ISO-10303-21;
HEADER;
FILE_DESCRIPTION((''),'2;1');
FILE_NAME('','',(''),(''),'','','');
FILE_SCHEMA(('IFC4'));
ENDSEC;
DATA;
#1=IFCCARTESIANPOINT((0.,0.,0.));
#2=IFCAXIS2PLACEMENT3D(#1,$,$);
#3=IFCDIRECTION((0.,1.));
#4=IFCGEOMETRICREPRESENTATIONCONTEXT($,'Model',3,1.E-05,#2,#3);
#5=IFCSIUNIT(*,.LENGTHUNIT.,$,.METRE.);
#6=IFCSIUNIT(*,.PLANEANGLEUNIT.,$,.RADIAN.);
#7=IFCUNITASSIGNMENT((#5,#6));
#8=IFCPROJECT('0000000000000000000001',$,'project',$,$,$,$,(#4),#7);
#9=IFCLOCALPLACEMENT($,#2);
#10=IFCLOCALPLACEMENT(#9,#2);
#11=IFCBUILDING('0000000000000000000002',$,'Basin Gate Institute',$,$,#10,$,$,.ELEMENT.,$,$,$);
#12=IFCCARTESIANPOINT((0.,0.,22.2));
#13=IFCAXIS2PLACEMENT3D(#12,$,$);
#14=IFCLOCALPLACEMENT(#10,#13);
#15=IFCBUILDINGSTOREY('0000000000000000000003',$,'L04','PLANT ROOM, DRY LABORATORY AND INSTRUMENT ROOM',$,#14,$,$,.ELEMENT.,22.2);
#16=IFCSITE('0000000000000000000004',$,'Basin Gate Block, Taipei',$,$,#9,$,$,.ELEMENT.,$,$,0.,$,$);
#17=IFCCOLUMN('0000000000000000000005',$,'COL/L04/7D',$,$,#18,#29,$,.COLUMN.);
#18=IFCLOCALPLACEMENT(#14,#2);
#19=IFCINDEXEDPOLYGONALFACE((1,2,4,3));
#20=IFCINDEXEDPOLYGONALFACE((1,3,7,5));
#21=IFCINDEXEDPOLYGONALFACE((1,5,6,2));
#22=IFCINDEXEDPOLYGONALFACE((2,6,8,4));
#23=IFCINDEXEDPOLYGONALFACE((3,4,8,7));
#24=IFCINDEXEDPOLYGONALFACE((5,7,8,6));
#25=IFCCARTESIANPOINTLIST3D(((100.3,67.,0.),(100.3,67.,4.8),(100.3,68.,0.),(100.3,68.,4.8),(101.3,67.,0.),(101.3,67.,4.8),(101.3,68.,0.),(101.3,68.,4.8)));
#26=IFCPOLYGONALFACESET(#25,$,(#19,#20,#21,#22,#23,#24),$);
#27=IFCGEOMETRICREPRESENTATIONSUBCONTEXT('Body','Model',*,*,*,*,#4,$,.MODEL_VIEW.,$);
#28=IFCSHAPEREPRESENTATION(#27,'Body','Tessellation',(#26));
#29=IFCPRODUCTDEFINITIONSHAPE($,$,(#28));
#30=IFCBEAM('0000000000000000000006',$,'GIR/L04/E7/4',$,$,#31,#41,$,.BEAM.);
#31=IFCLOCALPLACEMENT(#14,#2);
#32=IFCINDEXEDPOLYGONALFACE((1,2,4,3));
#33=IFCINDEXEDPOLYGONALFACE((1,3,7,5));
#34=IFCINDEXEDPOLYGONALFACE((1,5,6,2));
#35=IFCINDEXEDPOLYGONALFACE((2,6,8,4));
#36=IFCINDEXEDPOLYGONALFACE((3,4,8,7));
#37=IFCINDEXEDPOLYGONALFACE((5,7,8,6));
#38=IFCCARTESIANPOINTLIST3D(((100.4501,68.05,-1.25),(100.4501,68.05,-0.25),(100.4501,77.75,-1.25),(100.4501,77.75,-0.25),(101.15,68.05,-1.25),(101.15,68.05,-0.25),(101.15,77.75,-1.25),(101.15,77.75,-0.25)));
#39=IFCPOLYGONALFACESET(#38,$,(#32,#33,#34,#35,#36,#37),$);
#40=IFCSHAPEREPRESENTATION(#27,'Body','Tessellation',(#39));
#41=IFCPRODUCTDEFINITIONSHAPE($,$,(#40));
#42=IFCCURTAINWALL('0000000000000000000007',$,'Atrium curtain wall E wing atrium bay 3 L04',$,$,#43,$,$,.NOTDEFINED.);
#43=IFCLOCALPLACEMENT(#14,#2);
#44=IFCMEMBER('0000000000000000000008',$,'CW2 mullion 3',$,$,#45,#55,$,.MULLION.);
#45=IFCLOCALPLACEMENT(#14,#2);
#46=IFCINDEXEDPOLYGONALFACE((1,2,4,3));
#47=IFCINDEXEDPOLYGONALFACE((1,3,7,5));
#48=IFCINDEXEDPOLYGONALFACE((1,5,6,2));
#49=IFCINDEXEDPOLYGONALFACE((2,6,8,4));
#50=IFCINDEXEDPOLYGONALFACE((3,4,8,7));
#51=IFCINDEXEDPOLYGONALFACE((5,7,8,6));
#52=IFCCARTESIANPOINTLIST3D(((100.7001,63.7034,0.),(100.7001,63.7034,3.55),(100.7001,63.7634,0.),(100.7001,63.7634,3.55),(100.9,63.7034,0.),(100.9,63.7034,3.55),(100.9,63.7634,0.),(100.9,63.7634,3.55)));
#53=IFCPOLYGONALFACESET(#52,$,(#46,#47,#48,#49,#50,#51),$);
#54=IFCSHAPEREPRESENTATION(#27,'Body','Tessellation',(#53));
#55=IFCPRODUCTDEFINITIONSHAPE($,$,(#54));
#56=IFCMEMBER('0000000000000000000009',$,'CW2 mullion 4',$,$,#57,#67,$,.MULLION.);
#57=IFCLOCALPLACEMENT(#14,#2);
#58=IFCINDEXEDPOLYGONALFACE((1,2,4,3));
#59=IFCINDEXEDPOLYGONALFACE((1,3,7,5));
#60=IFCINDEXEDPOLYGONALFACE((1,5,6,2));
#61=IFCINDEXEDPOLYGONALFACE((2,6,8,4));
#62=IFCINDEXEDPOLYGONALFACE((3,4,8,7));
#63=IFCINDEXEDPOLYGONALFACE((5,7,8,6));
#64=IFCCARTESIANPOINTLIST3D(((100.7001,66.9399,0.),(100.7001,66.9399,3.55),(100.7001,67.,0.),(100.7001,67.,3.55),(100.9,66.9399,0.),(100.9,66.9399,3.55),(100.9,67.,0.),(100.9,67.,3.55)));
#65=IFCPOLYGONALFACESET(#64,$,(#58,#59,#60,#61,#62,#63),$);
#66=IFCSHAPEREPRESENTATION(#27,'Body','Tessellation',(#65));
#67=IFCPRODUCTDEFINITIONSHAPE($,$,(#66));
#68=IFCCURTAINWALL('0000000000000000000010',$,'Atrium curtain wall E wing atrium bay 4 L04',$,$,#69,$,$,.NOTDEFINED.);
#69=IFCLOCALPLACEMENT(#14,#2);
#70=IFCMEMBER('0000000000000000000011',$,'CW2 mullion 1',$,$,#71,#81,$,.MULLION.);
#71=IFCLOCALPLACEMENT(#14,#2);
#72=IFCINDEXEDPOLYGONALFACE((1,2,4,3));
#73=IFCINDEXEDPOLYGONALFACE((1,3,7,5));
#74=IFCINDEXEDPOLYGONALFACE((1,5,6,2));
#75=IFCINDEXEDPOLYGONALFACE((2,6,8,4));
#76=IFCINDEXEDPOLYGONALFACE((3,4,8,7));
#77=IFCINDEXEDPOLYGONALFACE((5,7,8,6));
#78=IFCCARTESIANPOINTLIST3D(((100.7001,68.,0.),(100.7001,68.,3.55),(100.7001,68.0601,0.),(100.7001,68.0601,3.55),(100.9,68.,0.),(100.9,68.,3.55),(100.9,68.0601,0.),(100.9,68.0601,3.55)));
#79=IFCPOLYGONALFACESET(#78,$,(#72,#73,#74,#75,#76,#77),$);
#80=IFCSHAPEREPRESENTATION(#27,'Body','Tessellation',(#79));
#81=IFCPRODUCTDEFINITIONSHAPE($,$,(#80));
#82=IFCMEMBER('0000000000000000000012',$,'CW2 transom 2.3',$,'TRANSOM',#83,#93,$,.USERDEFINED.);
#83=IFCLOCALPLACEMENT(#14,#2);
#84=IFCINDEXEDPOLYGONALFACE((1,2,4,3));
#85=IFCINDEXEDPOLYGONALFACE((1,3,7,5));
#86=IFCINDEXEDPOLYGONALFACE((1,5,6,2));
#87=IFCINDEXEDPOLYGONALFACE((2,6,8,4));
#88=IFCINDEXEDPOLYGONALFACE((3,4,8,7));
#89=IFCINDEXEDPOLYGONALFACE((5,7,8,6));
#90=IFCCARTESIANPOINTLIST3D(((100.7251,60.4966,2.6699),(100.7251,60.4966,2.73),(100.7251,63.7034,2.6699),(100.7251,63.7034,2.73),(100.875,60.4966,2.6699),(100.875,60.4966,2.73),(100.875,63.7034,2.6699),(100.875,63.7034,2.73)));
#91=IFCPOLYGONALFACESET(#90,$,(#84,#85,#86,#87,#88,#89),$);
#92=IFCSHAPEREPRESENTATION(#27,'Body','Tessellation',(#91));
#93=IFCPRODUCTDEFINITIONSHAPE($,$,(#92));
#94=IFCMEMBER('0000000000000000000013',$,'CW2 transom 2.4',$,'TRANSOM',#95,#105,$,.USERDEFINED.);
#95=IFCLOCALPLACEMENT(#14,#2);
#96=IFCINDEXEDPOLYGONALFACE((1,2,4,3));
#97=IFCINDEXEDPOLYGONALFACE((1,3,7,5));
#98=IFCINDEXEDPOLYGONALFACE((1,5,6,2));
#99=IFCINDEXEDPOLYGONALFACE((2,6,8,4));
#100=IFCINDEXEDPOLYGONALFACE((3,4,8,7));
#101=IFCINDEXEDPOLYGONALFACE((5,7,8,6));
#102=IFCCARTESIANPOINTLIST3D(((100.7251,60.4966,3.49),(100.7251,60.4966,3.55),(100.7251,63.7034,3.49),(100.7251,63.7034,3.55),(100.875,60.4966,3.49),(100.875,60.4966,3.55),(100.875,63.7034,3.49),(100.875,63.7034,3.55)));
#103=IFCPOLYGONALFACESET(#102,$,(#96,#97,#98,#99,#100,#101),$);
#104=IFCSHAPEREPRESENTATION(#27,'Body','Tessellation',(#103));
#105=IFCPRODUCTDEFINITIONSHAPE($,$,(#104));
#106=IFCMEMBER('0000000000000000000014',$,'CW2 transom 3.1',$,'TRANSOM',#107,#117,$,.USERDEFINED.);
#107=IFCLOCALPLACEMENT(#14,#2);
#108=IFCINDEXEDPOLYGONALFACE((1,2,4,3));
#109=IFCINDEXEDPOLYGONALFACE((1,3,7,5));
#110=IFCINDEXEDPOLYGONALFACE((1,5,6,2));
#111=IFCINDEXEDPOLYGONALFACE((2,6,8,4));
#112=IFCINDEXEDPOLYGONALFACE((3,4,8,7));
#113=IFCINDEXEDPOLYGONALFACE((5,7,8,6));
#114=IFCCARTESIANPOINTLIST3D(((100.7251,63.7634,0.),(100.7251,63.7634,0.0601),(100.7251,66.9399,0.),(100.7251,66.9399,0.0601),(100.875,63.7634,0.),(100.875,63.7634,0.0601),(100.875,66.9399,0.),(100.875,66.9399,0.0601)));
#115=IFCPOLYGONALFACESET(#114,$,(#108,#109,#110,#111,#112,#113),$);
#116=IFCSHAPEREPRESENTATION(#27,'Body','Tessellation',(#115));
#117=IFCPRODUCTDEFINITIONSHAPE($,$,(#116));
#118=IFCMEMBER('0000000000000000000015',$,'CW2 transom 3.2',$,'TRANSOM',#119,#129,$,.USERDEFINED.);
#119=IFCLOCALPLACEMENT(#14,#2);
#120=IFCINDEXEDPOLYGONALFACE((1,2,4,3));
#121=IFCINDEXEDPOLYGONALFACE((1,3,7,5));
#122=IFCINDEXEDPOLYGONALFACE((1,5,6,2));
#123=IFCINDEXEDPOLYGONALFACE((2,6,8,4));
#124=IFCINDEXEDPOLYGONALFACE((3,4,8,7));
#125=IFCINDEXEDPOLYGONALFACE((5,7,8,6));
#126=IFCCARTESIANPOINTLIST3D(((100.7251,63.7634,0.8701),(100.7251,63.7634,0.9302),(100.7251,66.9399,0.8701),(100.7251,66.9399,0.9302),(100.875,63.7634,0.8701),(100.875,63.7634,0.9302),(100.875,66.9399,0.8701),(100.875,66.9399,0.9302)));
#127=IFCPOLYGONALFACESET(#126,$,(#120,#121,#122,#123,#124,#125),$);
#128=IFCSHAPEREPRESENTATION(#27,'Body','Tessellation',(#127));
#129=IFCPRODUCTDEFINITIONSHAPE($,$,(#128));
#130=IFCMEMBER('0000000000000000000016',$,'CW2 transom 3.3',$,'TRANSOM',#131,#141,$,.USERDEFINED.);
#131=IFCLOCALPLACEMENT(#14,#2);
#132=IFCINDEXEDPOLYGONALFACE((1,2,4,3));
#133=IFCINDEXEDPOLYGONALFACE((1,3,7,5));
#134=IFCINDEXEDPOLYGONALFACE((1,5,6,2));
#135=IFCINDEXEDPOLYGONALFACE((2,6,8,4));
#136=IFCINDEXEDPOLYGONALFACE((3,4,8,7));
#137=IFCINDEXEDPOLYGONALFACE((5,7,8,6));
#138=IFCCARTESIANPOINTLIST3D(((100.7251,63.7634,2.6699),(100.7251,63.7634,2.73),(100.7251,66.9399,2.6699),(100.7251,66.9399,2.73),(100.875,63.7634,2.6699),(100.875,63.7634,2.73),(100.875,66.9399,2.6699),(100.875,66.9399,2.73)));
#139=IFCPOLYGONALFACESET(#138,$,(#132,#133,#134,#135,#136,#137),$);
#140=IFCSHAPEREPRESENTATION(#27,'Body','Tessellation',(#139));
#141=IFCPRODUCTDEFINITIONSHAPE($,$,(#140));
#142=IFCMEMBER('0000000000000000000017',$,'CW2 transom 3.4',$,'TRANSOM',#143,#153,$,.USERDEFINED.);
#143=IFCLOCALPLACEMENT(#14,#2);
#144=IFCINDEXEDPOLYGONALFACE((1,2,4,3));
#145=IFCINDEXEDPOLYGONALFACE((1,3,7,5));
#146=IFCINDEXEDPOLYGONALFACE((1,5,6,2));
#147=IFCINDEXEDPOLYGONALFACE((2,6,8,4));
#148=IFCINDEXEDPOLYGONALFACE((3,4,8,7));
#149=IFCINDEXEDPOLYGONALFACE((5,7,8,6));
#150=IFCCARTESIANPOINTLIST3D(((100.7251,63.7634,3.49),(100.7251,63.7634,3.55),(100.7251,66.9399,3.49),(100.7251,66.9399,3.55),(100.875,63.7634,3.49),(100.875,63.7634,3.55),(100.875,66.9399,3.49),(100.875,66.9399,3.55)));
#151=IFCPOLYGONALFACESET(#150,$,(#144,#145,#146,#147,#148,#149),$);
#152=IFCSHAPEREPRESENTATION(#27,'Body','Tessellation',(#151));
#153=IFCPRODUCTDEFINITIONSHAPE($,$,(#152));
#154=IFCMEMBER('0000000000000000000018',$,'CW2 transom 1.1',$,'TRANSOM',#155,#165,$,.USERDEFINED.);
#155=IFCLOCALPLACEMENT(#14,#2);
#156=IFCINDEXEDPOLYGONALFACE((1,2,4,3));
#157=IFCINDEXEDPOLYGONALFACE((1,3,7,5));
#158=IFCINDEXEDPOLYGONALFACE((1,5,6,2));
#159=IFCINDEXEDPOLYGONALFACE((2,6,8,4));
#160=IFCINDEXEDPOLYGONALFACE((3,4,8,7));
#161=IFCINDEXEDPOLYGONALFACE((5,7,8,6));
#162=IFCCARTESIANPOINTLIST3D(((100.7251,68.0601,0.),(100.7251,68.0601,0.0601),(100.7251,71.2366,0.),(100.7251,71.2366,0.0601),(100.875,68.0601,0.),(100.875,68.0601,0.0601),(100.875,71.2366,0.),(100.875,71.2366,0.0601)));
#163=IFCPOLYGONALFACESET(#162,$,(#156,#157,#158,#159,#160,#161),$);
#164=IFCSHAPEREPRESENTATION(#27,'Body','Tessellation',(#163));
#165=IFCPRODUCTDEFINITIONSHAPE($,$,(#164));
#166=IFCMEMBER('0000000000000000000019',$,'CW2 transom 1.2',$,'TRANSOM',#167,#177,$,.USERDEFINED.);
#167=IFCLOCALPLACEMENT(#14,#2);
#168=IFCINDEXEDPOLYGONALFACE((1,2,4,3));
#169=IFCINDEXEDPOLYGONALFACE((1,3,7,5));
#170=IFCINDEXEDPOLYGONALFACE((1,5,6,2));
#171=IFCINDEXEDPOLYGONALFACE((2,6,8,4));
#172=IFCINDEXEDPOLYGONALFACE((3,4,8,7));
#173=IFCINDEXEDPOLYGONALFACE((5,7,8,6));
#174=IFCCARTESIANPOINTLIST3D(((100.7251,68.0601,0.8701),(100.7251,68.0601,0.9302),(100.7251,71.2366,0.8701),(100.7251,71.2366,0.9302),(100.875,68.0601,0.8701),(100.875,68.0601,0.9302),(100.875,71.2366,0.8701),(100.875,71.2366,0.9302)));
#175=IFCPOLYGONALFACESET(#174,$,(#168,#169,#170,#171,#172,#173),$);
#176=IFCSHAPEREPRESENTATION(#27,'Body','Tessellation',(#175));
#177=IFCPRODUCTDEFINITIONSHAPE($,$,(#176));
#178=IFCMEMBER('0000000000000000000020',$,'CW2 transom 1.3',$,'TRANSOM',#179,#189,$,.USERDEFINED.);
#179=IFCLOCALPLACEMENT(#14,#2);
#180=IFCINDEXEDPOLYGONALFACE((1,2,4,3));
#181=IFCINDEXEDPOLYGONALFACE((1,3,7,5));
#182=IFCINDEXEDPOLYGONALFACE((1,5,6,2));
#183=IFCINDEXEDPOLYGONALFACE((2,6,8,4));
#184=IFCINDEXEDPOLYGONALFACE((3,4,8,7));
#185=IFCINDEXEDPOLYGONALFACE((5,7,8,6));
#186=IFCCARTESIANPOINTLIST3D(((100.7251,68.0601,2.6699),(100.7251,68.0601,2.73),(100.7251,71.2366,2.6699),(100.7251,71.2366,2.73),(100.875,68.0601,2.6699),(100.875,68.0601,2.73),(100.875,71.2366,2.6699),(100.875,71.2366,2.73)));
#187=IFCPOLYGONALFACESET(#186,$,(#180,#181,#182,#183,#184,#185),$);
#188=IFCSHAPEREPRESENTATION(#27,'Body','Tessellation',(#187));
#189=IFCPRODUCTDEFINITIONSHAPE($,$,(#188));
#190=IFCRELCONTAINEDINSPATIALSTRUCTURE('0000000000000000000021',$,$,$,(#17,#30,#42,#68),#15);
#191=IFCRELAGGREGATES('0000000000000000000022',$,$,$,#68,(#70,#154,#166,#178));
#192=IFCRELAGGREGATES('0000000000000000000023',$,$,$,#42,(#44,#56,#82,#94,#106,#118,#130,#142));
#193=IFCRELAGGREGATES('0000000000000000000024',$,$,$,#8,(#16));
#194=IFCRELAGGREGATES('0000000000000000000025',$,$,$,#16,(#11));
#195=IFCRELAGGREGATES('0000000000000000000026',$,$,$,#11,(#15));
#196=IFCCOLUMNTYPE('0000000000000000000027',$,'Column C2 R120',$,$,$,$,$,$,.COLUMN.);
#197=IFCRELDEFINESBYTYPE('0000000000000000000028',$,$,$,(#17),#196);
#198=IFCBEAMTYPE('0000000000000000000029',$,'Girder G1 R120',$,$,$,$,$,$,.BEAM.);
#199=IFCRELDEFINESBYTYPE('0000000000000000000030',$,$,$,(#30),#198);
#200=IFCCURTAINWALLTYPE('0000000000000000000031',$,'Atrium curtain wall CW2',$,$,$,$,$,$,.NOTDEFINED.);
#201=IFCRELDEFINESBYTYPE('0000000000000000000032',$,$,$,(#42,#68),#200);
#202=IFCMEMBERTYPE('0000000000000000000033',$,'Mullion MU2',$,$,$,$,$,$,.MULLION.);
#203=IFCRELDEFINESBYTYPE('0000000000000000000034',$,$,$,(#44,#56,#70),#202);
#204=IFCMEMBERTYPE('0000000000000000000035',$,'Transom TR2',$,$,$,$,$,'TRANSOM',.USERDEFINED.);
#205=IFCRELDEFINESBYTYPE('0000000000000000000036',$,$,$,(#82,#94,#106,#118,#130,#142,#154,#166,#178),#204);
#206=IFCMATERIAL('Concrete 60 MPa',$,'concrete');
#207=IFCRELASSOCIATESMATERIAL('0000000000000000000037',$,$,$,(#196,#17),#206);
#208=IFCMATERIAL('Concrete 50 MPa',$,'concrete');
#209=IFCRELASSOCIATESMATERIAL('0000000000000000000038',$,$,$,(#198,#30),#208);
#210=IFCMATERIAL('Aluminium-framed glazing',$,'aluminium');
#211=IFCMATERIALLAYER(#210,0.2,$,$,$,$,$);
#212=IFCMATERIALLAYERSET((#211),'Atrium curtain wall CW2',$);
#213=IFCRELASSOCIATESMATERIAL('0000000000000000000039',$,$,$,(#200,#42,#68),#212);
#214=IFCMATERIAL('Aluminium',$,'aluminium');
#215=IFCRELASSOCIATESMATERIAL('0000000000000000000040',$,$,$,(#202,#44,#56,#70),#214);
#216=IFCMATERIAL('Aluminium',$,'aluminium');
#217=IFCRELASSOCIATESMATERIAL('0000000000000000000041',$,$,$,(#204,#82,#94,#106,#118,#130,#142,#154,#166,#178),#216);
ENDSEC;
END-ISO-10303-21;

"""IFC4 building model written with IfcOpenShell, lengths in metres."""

from ifc_helpers import new_model, si_unit, direction, frame, origin, origin_2d, place, context, subcontext, project, spatial, rectangle, extrude, material, layer, layer_set, material_profile, profile_set, type_object, element, aggregate, save


model = new_model("IFC4")

# Units and contexts
model_context = context("Model", 3, precision=1e-05, world=origin(), true_north=direction((0.0, 1.0)))
body_context = subcontext(model_context, "Body", "Model", "MODEL_VIEW")
ifc_project = project(units=[si_unit("LENGTHUNIT", "METRE"), si_unit("PLANEANGLEUNIT", "RADIAN")], contexts=[model_context])

# Site, building, storey
site_placement = place(None, origin())
site = spatial("IfcSite", under=ifc_project, at=site_placement, Name="Basin Gate Block, Taipei", CompositionType="ELEMENT", RefElevation=0.0)
building_placement = place(site_placement, origin())
building = spatial("IfcBuilding", under=site, at=building_placement, Name="Basin Gate Institute", CompositionType="ELEMENT")
storey_placement = place(building_placement, frame((0.0, 0.0, 22.2)))
storey = spatial("IfcBuildingStorey", under=building, at=storey_placement, Name="L04", Description="PLANT ROOM, DRY LABORATORY AND INSTRUMENT ROOM", CompositionType="ELEMENT", Elevation=22.2)

# Column
ifc_material_1 = material(Name="Concrete 60 MPa", Category="concrete")
ifc_material_profile_1 = material_profile(ifc_material_1, rectangle(XDim=1.0, YDim=1.0, at=origin_2d()), Name="Column C2 1000 x 1000")
ifc_profile_set_1 = profile_set([ifc_material_profile_1], Name="Concrete 60 MPa")
column_type = type_object("IfcColumnType", Name="Column C2 R120", PredefinedType="COLUMN", material=ifc_profile_set_1)
column_placement = place(storey_placement, frame((100.8, 67.5, 0.0), z_axis=(0.0, 0.0, 1.0), x_axis=(1.0, 0.0, 0.0)))
element("IfcColumn", 1, at=column_placement, inside=storey, type_object=column_type, material=ifc_profile_set_1, Name="COL/L04/7D", PredefinedType="COLUMN", context=body_context, shape_type="SweptSolid", body=[
    extrude(rectangle(XDim=1.0, YDim=1.0, at=origin_2d()), origin(), (0.0, 0.0, 1.0), 4.8),
])

# Beam
ifc_material_2 = material(Name="Concrete 50 MPa", Category="concrete")
ifc_material_profile_2 = material_profile(ifc_material_2, rectangle(XDim=0.7, YDim=1.0, at=origin_2d()), Name="Girder G1 700 x 1000")
ifc_profile_set_2 = profile_set([ifc_material_profile_2], Name="Concrete 50 MPa")
beam_type = type_object("IfcBeamType", Name="Girder G1 R120", PredefinedType="BEAM", material=ifc_profile_set_2)
beam_placement = place(storey_placement, frame((100.8, 68.05, -0.75), z_axis=(0.0, 1.0, 0.0), x_axis=(-1.0, 0.0, 0.0)))
element("IfcBeam", 2, at=beam_placement, inside=storey, type_object=beam_type, material=ifc_profile_set_2, Name="GIR/L04/E7/4", PredefinedType="BEAM", context=body_context, shape_type="SweptSolid", body=[
    extrude(rectangle(XDim=0.7, YDim=1.0, at=origin_2d()), origin(), (0.0, 0.0, 1.0), 9.7),
])

# Curtain wall, members
ifc_material_3 = material(Name="Aluminium-framed glazing", Category="aluminium")
ifc_layer_1 = layer(ifc_material_3, 0.2)
ifc_layer_set_1 = layer_set([ifc_layer_1], Name="Atrium curtain wall CW2")
curtain_wall_type = type_object("IfcCurtainWallType", Name="Atrium curtain wall CW2", PredefinedType="NOTDEFINED", material=ifc_layer_set_1)
curtain_wall_1_placement = place(storey_placement, origin())
curtain_wall_1 = element("IfcCurtainWall", 3, at=curtain_wall_1_placement, inside=storey, type_object=curtain_wall_type, material=ifc_layer_set_1, Name="Atrium curtain wall E wing atrium bay 3 L04", PredefinedType="NOTDEFINED")
ifc_material_4 = material(Name="Aluminium", Category="aluminium")
ifc_material_profile_3 = material_profile(ifc_material_4, rectangle(XDim=0.2, YDim=0.0601, at=origin_2d()), Name="Mullion MU2 200 x 60")
ifc_profile_set_3 = profile_set([ifc_material_profile_3], Name="Aluminium")
member_type_1 = type_object("IfcMemberType", Name="Mullion MU2", PredefinedType="MULLION", material=ifc_profile_set_3)
member_1_placement = place(storey_placement, frame((100.8, 63.7334, 0.0), z_axis=(0.0, 0.0, 1.0), x_axis=(-1.0, 0.0, 0.0)))
member_1 = element("IfcMember", 4, at=member_1_placement, type_object=member_type_1, material=ifc_profile_set_3, Name="CW2 mullion 3", PredefinedType="MULLION", context=body_context, shape_type="SweptSolid", body=[
    extrude(rectangle(XDim=0.2, YDim=0.0601, at=origin_2d()), origin(), (0.0, 0.0, 1.0), 3.55),
])
member_2_placement = place(storey_placement, frame((100.8, 66.97, 0.0), z_axis=(0.0, 0.0, 1.0), x_axis=(-1.0, 0.0, 0.0)))
member_2 = element("IfcMember", 5, at=member_2_placement, type_object=member_type_1, material=ifc_profile_set_3, Name="CW2 mullion 4", PredefinedType="MULLION", context=body_context, shape_type="SweptSolid", body=[
    extrude(rectangle(XDim=0.2, YDim=0.0601, at=origin_2d()), origin(), (0.0, 0.0, 1.0), 3.55),
])

# Curtain wall, member
curtain_wall_2_placement = place(storey_placement, origin())
curtain_wall_2 = element("IfcCurtainWall", 6, at=curtain_wall_2_placement, inside=storey, type_object=curtain_wall_type, material=ifc_layer_set_1, Name="Atrium curtain wall E wing atrium bay 4 L04", PredefinedType="NOTDEFINED")
member_3_placement = place(storey_placement, frame((100.8, 68.03, 0.0), z_axis=(0.0, 0.0, 1.0), x_axis=(-1.0, 0.0, 0.0)))
member_3 = element("IfcMember", 7, at=member_3_placement, type_object=member_type_1, material=ifc_profile_set_3, Name="CW2 mullion 1", PredefinedType="MULLION", context=body_context, shape_type="SweptSolid", body=[
    extrude(rectangle(XDim=0.2, YDim=0.0601, at=origin_2d()), origin(), (0.0, 0.0, 1.0), 3.55),
])

# Members
ifc_material_5 = material(Name="Aluminium", Category="aluminium")
ifc_material_profile_4 = material_profile(ifc_material_5, rectangle(XDim=0.1499, YDim=0.0601, at=origin_2d()), Name="Transom TR2 150 x 60")
ifc_profile_set_4 = profile_set([ifc_material_profile_4], Name="Aluminium")
member_type_2 = type_object("IfcMemberType", Name="Transom TR2", ElementType="TRANSOM", PredefinedType="USERDEFINED", material=ifc_profile_set_4)
member_4_placement = place(storey_placement, frame((100.8, 60.4966, 2.7), z_axis=(0.0, 1.0, 0.0), x_axis=(-1.0, 0.0, 0.0)))
member_4 = element("IfcMember", 8, at=member_4_placement, type_object=member_type_2, material=ifc_profile_set_4, Name="CW2 transom 2.3", ObjectType="TRANSOM", PredefinedType="USERDEFINED", context=body_context, shape_type="SweptSolid", body=[
    extrude(rectangle(XDim=0.1499, YDim=0.0601, at=origin_2d()), origin(), (0.0, 0.0, 1.0), 3.2068),
])
member_5_placement = place(storey_placement, frame((100.8, 60.4966, 3.52), z_axis=(0.0, 1.0, 0.0), x_axis=(-1.0, 0.0, 0.0)))
member_5 = element("IfcMember", 9, at=member_5_placement, type_object=member_type_2, material=ifc_profile_set_4, Name="CW2 transom 2.4", ObjectType="TRANSOM", PredefinedType="USERDEFINED", context=body_context, shape_type="SweptSolid", body=[
    extrude(rectangle(XDim=0.1499, YDim=0.0601, at=origin_2d()), origin(), (0.0, 0.0, 1.0), 3.2068),
])
member_6_placement = place(storey_placement, frame((100.8, 63.7634, 0.03), z_axis=(0.0, 1.0, 0.0), x_axis=(-1.0, 0.0, 0.0)))
member_6 = element("IfcMember", 10, at=member_6_placement, type_object=member_type_2, material=ifc_profile_set_4, Name="CW2 transom 3.1", ObjectType="TRANSOM", PredefinedType="USERDEFINED", context=body_context, shape_type="SweptSolid", body=[
    extrude(rectangle(XDim=0.1499, YDim=0.0601, at=origin_2d()), origin(), (0.0, 0.0, 1.0), 3.1765),
])
member_7_placement = place(storey_placement, frame((100.8, 63.7634, 0.9001), z_axis=(0.0, 1.0, 0.0), x_axis=(-1.0, 0.0, 0.0)))
member_7 = element("IfcMember", 11, at=member_7_placement, type_object=member_type_2, material=ifc_profile_set_4, Name="CW2 transom 3.2", ObjectType="TRANSOM", PredefinedType="USERDEFINED", context=body_context, shape_type="SweptSolid", body=[
    extrude(rectangle(XDim=0.1499, YDim=0.0601, at=origin_2d()), origin(), (0.0, 0.0, 1.0), 3.1765),
])
member_8_placement = place(storey_placement, frame((100.8, 63.7634, 2.7), z_axis=(0.0, 1.0, 0.0), x_axis=(-1.0, 0.0, 0.0)))
member_8 = element("IfcMember", 12, at=member_8_placement, type_object=member_type_2, material=ifc_profile_set_4, Name="CW2 transom 3.3", ObjectType="TRANSOM", PredefinedType="USERDEFINED", context=body_context, shape_type="SweptSolid", body=[
    extrude(rectangle(XDim=0.1499, YDim=0.0601, at=origin_2d()), origin(), (0.0, 0.0, 1.0), 3.1765),
])
member_9_placement = place(storey_placement, frame((100.8, 63.7634, 3.52), z_axis=(0.0, 1.0, 0.0), x_axis=(-1.0, 0.0, 0.0)))
member_9 = element("IfcMember", 13, at=member_9_placement, type_object=member_type_2, material=ifc_profile_set_4, Name="CW2 transom 3.4", ObjectType="TRANSOM", PredefinedType="USERDEFINED", context=body_context, shape_type="SweptSolid", body=[
    extrude(rectangle(XDim=0.1499, YDim=0.0601, at=origin_2d()), origin(), (0.0, 0.0, 1.0), 3.1765),
])
member_10_placement = place(storey_placement, frame((100.8, 68.0601, 0.03), z_axis=(0.0, 1.0, 0.0), x_axis=(-1.0, 0.0, 0.0)))
member_10 = element("IfcMember", 14, at=member_10_placement, type_object=member_type_2, material=ifc_profile_set_4, Name="CW2 transom 1.1", ObjectType="TRANSOM", PredefinedType="USERDEFINED", context=body_context, shape_type="SweptSolid", body=[
    extrude(rectangle(XDim=0.1499, YDim=0.0601, at=origin_2d()), origin(), (0.0, 0.0, 1.0), 3.1765),
])
member_11_placement = place(storey_placement, frame((100.8, 68.0601, 0.9001), z_axis=(0.0, 1.0, 0.0), x_axis=(-1.0, 0.0, 0.0)))
member_11 = element("IfcMember", 15, at=member_11_placement, type_object=member_type_2, material=ifc_profile_set_4, Name="CW2 transom 1.2", ObjectType="TRANSOM", PredefinedType="USERDEFINED", context=body_context, shape_type="SweptSolid", body=[
    extrude(rectangle(XDim=0.1499, YDim=0.0601, at=origin_2d()), origin(), (0.0, 0.0, 1.0), 3.1765),
])
member_12_placement = place(storey_placement, frame((100.8, 68.0601, 2.7), z_axis=(0.0, 1.0, 0.0), x_axis=(-1.0, 0.0, 0.0)))
member_12 = element("IfcMember", 16, at=member_12_placement, type_object=member_type_2, material=ifc_profile_set_4, Name="CW2 transom 1.3", ObjectType="TRANSOM", PredefinedType="USERDEFINED", context=body_context, shape_type="SweptSolid", body=[
    extrude(rectangle(XDim=0.1499, YDim=0.0601, at=origin_2d()), origin(), (0.0, 0.0, 1.0), 3.1765),
])
aggregate(curtain_wall_2, [member_3, member_10, member_11, member_12])

aggregate(curtain_wall_1, [member_1, member_2, member_4, member_5, member_6, member_7, member_8, member_9])

save(model, "model.ifc")
